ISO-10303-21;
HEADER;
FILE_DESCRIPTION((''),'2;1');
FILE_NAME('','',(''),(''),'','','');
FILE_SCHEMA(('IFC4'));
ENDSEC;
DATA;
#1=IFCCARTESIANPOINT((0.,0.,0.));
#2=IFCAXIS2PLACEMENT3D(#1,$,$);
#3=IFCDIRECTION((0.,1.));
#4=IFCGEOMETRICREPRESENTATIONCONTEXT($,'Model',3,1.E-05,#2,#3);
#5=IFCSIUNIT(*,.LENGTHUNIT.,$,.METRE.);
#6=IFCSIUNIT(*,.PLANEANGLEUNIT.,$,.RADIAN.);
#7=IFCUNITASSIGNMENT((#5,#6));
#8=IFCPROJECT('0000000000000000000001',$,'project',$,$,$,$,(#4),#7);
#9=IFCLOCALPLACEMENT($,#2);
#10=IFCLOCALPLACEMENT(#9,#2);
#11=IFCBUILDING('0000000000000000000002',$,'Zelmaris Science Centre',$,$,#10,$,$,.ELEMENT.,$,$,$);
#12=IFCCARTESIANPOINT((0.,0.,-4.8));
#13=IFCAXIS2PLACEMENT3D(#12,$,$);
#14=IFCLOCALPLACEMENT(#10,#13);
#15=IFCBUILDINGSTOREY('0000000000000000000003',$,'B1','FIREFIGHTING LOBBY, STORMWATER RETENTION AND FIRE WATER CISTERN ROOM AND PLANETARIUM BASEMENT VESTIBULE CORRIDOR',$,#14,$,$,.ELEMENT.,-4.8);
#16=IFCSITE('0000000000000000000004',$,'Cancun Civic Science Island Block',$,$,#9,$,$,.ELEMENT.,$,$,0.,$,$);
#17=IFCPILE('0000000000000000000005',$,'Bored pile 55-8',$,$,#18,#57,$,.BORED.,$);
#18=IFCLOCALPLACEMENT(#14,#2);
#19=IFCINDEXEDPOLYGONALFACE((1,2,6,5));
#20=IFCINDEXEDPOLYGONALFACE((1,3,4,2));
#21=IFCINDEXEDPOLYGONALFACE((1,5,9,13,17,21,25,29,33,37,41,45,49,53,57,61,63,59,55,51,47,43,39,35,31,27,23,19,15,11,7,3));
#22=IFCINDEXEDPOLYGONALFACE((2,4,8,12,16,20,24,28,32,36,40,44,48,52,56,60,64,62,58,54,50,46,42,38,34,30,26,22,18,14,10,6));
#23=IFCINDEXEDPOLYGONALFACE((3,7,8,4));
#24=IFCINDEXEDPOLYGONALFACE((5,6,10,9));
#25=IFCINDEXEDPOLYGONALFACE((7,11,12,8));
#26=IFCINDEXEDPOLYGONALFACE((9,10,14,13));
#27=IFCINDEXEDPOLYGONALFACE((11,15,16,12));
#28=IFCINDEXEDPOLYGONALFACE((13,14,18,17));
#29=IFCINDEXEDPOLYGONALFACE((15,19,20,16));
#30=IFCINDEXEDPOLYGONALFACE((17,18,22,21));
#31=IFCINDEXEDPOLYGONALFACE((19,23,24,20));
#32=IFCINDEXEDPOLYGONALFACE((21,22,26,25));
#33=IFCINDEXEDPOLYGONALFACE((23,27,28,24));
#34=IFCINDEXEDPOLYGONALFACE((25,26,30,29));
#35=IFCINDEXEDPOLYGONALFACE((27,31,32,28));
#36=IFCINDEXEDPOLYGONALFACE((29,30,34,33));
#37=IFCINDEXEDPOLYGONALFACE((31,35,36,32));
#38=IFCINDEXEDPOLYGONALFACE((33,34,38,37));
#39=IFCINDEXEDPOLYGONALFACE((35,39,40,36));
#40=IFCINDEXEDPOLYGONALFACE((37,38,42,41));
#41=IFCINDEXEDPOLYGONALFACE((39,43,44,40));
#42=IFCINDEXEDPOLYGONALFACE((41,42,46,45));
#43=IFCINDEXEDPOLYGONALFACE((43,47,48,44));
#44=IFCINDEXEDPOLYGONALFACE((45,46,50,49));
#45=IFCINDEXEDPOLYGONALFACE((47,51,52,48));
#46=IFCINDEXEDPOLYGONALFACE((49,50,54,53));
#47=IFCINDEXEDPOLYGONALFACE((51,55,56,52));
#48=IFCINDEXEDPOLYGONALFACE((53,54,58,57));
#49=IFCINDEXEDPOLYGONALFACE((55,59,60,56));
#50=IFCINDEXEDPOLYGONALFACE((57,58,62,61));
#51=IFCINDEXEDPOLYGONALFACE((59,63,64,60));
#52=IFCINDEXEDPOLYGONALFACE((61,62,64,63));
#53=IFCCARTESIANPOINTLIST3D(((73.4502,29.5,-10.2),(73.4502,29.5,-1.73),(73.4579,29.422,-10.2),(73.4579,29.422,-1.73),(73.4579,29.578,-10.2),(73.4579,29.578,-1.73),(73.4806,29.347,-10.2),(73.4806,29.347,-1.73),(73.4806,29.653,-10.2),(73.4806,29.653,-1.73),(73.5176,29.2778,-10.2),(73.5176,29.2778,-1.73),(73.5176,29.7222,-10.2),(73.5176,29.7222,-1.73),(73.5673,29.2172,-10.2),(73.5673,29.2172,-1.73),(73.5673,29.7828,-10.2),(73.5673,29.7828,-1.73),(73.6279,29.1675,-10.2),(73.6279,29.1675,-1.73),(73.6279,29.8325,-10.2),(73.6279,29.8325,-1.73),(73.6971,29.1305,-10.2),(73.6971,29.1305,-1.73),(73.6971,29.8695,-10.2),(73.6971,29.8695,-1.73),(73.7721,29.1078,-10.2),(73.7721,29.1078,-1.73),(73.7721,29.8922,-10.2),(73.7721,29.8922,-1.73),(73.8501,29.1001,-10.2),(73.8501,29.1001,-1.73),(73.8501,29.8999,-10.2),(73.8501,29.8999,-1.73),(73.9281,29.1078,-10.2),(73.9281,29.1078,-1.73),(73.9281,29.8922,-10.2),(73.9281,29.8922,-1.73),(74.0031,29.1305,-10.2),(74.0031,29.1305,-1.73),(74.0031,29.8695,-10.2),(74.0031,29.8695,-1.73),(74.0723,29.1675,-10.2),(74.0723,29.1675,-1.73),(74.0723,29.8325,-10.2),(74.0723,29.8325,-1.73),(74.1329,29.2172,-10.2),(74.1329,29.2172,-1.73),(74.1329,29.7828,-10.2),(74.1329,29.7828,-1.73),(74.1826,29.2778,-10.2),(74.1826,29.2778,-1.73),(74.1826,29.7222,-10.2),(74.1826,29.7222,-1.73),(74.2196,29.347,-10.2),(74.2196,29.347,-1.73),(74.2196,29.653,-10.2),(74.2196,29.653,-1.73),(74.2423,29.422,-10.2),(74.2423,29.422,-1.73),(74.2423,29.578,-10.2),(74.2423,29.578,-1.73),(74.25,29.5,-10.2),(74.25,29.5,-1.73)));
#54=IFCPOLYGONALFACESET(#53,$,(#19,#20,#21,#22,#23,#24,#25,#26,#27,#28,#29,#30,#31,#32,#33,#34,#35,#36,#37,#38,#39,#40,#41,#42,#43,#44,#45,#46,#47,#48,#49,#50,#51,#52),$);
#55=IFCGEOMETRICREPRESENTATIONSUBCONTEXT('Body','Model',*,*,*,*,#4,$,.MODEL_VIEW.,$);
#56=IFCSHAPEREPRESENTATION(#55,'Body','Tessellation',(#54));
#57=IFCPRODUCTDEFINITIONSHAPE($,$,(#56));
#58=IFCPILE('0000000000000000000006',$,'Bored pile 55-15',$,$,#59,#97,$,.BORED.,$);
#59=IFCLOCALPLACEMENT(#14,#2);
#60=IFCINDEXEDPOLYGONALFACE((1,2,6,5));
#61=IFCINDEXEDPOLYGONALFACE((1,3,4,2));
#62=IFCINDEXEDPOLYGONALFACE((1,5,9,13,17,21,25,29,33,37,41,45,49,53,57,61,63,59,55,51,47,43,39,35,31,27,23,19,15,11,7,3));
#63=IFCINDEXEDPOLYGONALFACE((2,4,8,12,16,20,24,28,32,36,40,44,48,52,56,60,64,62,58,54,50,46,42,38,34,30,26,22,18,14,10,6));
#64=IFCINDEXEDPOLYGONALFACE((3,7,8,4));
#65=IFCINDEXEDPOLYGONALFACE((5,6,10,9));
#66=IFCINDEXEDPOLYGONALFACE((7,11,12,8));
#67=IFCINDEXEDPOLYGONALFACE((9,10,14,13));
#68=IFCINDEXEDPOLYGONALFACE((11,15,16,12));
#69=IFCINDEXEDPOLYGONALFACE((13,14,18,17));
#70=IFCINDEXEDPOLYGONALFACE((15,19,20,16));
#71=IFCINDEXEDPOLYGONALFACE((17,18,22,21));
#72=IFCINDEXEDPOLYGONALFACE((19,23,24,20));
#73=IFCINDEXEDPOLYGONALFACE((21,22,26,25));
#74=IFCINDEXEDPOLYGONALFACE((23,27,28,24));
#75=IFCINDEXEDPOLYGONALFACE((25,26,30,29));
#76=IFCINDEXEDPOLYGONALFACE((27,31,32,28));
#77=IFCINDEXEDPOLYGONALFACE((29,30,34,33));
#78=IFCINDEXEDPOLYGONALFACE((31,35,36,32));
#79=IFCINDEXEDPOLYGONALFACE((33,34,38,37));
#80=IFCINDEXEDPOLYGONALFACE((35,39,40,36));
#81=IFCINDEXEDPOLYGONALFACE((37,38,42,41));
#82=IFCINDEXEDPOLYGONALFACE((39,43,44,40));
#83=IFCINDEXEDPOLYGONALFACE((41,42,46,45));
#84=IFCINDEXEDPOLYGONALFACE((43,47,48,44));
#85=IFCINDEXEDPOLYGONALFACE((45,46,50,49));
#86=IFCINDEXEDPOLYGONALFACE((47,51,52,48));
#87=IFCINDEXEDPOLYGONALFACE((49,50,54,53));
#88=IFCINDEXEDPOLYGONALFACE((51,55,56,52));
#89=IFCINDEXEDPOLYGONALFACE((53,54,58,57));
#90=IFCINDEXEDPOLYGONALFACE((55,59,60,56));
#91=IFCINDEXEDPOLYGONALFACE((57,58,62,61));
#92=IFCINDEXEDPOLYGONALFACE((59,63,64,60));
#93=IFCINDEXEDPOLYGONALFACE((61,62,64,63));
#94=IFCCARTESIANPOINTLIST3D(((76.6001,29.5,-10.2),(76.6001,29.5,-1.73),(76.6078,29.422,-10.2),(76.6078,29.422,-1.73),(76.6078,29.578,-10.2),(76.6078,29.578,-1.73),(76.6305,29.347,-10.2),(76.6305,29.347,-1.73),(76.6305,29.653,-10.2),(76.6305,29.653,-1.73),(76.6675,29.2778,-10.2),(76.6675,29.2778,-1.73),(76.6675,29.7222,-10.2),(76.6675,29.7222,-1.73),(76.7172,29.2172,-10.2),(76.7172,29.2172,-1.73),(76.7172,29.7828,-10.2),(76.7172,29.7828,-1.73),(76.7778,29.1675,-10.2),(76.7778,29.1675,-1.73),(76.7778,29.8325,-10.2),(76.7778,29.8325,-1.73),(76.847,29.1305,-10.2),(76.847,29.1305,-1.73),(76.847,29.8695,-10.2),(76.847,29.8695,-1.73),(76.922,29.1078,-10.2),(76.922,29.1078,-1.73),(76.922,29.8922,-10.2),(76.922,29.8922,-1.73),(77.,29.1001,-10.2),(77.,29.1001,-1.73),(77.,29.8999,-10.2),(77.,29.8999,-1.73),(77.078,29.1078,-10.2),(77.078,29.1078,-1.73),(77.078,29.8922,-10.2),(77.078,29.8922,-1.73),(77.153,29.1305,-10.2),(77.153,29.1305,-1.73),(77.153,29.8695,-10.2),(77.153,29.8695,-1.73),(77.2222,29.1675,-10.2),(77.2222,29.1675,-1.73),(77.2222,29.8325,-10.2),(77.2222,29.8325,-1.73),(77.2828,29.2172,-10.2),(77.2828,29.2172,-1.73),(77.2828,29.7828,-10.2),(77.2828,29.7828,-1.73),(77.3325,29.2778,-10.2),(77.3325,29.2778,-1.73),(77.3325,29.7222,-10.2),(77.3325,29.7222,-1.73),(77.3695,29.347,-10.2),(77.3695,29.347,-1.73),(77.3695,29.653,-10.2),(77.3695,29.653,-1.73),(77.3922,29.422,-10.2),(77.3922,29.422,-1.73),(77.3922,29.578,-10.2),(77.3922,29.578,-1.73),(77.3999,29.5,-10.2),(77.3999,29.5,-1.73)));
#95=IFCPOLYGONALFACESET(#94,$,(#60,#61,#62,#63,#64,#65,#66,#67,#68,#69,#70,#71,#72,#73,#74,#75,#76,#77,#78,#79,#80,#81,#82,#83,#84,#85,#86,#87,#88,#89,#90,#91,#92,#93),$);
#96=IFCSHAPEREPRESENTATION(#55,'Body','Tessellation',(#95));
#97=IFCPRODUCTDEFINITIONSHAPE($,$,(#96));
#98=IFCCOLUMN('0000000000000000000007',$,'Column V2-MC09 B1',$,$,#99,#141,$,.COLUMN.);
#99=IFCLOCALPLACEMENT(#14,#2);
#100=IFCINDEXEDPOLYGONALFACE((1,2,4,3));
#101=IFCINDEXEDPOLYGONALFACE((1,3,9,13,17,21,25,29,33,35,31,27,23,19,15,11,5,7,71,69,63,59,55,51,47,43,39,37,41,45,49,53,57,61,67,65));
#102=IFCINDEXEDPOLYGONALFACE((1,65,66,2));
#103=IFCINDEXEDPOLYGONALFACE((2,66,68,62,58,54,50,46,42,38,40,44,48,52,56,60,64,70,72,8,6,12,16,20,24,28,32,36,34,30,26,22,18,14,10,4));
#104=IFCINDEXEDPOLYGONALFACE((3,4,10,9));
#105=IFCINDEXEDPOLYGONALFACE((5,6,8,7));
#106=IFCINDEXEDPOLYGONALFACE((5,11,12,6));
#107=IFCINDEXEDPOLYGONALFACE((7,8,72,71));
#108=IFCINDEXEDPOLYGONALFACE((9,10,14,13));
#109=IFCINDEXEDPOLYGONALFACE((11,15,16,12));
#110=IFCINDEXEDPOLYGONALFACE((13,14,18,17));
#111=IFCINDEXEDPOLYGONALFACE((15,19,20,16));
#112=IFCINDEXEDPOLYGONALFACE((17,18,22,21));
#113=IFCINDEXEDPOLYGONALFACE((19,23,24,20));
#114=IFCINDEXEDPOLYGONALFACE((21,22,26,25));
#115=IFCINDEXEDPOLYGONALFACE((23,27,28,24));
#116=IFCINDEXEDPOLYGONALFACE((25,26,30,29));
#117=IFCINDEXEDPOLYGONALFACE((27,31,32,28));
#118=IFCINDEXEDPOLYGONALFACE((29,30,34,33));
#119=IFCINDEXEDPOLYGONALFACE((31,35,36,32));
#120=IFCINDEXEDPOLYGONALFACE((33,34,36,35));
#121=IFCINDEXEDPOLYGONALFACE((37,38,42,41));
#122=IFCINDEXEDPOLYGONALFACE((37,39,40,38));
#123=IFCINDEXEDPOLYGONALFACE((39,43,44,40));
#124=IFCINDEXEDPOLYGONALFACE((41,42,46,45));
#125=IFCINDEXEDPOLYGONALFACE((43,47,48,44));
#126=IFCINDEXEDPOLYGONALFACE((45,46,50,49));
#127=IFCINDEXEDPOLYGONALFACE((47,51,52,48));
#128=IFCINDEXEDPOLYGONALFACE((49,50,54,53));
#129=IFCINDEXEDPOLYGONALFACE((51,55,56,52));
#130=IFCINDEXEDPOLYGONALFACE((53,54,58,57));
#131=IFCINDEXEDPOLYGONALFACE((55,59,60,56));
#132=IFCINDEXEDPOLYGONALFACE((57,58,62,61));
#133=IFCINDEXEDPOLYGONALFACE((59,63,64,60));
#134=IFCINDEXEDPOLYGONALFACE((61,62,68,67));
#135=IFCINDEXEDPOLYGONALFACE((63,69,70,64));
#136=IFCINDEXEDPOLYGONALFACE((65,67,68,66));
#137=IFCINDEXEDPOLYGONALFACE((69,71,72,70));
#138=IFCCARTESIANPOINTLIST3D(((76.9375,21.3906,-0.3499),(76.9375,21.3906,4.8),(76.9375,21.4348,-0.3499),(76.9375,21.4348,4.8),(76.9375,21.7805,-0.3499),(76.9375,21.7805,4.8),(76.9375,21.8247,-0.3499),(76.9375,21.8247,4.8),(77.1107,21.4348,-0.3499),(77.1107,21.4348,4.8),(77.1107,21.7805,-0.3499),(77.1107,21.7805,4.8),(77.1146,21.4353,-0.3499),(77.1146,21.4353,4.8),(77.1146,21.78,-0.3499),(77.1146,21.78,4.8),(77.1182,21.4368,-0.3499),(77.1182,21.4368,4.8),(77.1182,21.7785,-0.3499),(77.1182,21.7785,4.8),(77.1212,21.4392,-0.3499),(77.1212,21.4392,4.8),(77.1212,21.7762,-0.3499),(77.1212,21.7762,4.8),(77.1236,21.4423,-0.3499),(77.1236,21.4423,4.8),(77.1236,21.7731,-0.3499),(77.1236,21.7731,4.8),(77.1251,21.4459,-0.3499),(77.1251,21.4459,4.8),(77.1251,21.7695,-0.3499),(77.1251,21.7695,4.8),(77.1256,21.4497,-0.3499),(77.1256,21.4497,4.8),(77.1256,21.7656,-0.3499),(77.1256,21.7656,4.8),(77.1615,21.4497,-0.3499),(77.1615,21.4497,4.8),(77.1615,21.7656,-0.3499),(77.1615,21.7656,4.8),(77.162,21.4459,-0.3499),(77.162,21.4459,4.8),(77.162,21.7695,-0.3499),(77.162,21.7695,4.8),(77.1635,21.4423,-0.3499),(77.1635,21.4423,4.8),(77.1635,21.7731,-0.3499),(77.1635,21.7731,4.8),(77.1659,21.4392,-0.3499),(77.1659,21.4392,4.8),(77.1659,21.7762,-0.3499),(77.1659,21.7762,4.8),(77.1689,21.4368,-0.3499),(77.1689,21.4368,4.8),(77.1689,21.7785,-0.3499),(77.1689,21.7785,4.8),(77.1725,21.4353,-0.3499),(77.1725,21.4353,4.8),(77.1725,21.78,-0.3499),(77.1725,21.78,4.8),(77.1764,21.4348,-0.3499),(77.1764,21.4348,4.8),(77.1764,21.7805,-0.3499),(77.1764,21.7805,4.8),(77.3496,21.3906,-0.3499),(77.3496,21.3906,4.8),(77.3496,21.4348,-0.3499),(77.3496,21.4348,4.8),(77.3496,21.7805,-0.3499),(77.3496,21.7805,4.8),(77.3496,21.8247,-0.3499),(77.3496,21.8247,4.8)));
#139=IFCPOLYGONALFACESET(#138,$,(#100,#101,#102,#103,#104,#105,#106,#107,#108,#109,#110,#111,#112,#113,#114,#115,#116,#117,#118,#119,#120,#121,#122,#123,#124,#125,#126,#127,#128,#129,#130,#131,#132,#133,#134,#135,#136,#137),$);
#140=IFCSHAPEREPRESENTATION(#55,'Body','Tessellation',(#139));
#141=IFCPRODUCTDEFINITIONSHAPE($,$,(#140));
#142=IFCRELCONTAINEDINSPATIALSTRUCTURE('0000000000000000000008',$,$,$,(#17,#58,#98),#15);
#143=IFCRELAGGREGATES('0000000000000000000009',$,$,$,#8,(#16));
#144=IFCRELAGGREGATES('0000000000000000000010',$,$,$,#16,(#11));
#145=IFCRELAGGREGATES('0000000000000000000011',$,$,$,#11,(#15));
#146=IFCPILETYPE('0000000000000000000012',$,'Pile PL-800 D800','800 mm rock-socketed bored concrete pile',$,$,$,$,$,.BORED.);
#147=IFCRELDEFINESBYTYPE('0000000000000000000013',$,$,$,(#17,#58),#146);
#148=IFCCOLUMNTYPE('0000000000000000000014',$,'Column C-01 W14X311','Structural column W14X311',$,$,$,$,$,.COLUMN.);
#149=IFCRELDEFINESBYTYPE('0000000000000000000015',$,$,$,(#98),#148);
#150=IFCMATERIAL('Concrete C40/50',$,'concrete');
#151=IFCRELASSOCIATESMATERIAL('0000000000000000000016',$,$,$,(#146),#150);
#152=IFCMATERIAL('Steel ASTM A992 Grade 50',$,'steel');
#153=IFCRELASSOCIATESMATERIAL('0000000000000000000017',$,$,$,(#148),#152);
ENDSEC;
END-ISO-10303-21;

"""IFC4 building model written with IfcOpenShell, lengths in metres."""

from ifc_helpers import new_model, si_unit, direction, frame, origin, origin_2d, place, context, subcontext, project, spatial, circle, i_section, extrude, material, material_profile, profile_set, type_object, element, save


model = new_model("IFC4")

# Units and contexts
model_context = context("Model", 3, precision=1e-05, world=origin(), true_north=direction((0.0, 1.0)))
body_context = subcontext(model_context, "Body", "Model", "MODEL_VIEW")
ifc_project = project(units=[si_unit("LENGTHUNIT", "METRE"), si_unit("PLANEANGLEUNIT", "RADIAN")], contexts=[model_context])

# Site, building, storey
site_placement = place(None, origin())
site = spatial("IfcSite", under=ifc_project, at=site_placement, Name="Cancun Civic Science Island Block", CompositionType="ELEMENT", RefElevation=0.0)
building_placement = place(site_placement, origin())
building = spatial("IfcBuilding", under=site, at=building_placement, Name="Zelmaris Science Centre", CompositionType="ELEMENT")
storey_placement = place(building_placement, frame((0.0, 0.0, -4.8)))
storey = spatial("IfcBuildingStorey", under=building, at=storey_placement, Name="B1", Description="FIREFIGHTING LOBBY, STORMWATER RETENTION AND FIRE WATER CISTERN ROOM AND PLANETARIUM BASEMENT VESTIBULE CORRIDOR", CompositionType="ELEMENT", Elevation=-4.8)

# Shared definitions
ifc_material_1 = material(Name="Concrete C40/50", Category="concrete")

# Piles
ifc_material_profile_1 = material_profile(ifc_material_1, circle(Radius=0.3999, at=origin_2d()), Name="PILE-800")
ifc_profile_set_1 = profile_set([ifc_material_profile_1], Name="Concrete C40/50")
pile_type_1 = type_object("IfcPileType", Name="Pile PL-800 D800", Description="800 mm rock-socketed bored concrete pile", PredefinedType="BORED", material=ifc_profile_set_1)
for number, where, z_axis, x_axis, name in (
    (1, (73.8501, 29.5, -1.73), (0.0, 0.0, -1.0), (1.0, 0.0, 0.0), "Bored pile 55-8"),
    (2, (77.0, 29.5, -1.73), (0.0, 0.0, -1.0), (1.0, 0.0, 0.0), "Bored pile 55-15"),
):
    element("IfcPile", number, at=place(storey_placement, frame(where, z_axis=z_axis, x_axis=x_axis)), inside=storey, type_object=pile_type_1, Name=name, PredefinedType="BORED", context=body_context, shape_type="SweptSolid", body=[
        extrude(circle(Radius=0.3999, at=origin_2d()), origin(), (0.0, 0.0, 1.0), 8.47),
    ])

# Column
ifc_material_2 = material(Name="Steel ASTM A992 Grade 50", Category="steel")
ifc_material_profile_2 = material_profile(ifc_material_2, i_section(OverallWidth=0.4121, OverallDepth=0.4341, WebThickness=0.0359, FlangeThickness=0.0442, FilletRadius=0.0149, at=origin_2d()), Name="W14X311")
ifc_profile_set_2 = profile_set([ifc_material_profile_2], Name="Steel ASTM A992 Grade 50")
column_type_1 = type_object("IfcColumnType", Name="Column C-01 W14X311", Description="Structural column W14X311", PredefinedType="COLUMN", material=ifc_profile_set_2)
column_1_placement = place(storey_placement, frame((77.1436, 21.6077, -0.3499), z_axis=(0.0, 0.0, 1.0), x_axis=(1.0, 0.0, 0.0)))
element("IfcColumn", 3, at=column_1_placement, inside=storey, type_object=column_type_1, Name="Column V2-MC09 B1", PredefinedType="COLUMN", context=body_context, shape_type="SweptSolid", body=[
    extrude(i_section(OverallWidth=0.4121, OverallDepth=0.4341, WebThickness=0.0359, FlangeThickness=0.0442, FilletRadius=0.0149, at=origin_2d()), origin(), (0.0, 0.0, 1.0), 5.1499),
])

save(model, "model.ifc")
